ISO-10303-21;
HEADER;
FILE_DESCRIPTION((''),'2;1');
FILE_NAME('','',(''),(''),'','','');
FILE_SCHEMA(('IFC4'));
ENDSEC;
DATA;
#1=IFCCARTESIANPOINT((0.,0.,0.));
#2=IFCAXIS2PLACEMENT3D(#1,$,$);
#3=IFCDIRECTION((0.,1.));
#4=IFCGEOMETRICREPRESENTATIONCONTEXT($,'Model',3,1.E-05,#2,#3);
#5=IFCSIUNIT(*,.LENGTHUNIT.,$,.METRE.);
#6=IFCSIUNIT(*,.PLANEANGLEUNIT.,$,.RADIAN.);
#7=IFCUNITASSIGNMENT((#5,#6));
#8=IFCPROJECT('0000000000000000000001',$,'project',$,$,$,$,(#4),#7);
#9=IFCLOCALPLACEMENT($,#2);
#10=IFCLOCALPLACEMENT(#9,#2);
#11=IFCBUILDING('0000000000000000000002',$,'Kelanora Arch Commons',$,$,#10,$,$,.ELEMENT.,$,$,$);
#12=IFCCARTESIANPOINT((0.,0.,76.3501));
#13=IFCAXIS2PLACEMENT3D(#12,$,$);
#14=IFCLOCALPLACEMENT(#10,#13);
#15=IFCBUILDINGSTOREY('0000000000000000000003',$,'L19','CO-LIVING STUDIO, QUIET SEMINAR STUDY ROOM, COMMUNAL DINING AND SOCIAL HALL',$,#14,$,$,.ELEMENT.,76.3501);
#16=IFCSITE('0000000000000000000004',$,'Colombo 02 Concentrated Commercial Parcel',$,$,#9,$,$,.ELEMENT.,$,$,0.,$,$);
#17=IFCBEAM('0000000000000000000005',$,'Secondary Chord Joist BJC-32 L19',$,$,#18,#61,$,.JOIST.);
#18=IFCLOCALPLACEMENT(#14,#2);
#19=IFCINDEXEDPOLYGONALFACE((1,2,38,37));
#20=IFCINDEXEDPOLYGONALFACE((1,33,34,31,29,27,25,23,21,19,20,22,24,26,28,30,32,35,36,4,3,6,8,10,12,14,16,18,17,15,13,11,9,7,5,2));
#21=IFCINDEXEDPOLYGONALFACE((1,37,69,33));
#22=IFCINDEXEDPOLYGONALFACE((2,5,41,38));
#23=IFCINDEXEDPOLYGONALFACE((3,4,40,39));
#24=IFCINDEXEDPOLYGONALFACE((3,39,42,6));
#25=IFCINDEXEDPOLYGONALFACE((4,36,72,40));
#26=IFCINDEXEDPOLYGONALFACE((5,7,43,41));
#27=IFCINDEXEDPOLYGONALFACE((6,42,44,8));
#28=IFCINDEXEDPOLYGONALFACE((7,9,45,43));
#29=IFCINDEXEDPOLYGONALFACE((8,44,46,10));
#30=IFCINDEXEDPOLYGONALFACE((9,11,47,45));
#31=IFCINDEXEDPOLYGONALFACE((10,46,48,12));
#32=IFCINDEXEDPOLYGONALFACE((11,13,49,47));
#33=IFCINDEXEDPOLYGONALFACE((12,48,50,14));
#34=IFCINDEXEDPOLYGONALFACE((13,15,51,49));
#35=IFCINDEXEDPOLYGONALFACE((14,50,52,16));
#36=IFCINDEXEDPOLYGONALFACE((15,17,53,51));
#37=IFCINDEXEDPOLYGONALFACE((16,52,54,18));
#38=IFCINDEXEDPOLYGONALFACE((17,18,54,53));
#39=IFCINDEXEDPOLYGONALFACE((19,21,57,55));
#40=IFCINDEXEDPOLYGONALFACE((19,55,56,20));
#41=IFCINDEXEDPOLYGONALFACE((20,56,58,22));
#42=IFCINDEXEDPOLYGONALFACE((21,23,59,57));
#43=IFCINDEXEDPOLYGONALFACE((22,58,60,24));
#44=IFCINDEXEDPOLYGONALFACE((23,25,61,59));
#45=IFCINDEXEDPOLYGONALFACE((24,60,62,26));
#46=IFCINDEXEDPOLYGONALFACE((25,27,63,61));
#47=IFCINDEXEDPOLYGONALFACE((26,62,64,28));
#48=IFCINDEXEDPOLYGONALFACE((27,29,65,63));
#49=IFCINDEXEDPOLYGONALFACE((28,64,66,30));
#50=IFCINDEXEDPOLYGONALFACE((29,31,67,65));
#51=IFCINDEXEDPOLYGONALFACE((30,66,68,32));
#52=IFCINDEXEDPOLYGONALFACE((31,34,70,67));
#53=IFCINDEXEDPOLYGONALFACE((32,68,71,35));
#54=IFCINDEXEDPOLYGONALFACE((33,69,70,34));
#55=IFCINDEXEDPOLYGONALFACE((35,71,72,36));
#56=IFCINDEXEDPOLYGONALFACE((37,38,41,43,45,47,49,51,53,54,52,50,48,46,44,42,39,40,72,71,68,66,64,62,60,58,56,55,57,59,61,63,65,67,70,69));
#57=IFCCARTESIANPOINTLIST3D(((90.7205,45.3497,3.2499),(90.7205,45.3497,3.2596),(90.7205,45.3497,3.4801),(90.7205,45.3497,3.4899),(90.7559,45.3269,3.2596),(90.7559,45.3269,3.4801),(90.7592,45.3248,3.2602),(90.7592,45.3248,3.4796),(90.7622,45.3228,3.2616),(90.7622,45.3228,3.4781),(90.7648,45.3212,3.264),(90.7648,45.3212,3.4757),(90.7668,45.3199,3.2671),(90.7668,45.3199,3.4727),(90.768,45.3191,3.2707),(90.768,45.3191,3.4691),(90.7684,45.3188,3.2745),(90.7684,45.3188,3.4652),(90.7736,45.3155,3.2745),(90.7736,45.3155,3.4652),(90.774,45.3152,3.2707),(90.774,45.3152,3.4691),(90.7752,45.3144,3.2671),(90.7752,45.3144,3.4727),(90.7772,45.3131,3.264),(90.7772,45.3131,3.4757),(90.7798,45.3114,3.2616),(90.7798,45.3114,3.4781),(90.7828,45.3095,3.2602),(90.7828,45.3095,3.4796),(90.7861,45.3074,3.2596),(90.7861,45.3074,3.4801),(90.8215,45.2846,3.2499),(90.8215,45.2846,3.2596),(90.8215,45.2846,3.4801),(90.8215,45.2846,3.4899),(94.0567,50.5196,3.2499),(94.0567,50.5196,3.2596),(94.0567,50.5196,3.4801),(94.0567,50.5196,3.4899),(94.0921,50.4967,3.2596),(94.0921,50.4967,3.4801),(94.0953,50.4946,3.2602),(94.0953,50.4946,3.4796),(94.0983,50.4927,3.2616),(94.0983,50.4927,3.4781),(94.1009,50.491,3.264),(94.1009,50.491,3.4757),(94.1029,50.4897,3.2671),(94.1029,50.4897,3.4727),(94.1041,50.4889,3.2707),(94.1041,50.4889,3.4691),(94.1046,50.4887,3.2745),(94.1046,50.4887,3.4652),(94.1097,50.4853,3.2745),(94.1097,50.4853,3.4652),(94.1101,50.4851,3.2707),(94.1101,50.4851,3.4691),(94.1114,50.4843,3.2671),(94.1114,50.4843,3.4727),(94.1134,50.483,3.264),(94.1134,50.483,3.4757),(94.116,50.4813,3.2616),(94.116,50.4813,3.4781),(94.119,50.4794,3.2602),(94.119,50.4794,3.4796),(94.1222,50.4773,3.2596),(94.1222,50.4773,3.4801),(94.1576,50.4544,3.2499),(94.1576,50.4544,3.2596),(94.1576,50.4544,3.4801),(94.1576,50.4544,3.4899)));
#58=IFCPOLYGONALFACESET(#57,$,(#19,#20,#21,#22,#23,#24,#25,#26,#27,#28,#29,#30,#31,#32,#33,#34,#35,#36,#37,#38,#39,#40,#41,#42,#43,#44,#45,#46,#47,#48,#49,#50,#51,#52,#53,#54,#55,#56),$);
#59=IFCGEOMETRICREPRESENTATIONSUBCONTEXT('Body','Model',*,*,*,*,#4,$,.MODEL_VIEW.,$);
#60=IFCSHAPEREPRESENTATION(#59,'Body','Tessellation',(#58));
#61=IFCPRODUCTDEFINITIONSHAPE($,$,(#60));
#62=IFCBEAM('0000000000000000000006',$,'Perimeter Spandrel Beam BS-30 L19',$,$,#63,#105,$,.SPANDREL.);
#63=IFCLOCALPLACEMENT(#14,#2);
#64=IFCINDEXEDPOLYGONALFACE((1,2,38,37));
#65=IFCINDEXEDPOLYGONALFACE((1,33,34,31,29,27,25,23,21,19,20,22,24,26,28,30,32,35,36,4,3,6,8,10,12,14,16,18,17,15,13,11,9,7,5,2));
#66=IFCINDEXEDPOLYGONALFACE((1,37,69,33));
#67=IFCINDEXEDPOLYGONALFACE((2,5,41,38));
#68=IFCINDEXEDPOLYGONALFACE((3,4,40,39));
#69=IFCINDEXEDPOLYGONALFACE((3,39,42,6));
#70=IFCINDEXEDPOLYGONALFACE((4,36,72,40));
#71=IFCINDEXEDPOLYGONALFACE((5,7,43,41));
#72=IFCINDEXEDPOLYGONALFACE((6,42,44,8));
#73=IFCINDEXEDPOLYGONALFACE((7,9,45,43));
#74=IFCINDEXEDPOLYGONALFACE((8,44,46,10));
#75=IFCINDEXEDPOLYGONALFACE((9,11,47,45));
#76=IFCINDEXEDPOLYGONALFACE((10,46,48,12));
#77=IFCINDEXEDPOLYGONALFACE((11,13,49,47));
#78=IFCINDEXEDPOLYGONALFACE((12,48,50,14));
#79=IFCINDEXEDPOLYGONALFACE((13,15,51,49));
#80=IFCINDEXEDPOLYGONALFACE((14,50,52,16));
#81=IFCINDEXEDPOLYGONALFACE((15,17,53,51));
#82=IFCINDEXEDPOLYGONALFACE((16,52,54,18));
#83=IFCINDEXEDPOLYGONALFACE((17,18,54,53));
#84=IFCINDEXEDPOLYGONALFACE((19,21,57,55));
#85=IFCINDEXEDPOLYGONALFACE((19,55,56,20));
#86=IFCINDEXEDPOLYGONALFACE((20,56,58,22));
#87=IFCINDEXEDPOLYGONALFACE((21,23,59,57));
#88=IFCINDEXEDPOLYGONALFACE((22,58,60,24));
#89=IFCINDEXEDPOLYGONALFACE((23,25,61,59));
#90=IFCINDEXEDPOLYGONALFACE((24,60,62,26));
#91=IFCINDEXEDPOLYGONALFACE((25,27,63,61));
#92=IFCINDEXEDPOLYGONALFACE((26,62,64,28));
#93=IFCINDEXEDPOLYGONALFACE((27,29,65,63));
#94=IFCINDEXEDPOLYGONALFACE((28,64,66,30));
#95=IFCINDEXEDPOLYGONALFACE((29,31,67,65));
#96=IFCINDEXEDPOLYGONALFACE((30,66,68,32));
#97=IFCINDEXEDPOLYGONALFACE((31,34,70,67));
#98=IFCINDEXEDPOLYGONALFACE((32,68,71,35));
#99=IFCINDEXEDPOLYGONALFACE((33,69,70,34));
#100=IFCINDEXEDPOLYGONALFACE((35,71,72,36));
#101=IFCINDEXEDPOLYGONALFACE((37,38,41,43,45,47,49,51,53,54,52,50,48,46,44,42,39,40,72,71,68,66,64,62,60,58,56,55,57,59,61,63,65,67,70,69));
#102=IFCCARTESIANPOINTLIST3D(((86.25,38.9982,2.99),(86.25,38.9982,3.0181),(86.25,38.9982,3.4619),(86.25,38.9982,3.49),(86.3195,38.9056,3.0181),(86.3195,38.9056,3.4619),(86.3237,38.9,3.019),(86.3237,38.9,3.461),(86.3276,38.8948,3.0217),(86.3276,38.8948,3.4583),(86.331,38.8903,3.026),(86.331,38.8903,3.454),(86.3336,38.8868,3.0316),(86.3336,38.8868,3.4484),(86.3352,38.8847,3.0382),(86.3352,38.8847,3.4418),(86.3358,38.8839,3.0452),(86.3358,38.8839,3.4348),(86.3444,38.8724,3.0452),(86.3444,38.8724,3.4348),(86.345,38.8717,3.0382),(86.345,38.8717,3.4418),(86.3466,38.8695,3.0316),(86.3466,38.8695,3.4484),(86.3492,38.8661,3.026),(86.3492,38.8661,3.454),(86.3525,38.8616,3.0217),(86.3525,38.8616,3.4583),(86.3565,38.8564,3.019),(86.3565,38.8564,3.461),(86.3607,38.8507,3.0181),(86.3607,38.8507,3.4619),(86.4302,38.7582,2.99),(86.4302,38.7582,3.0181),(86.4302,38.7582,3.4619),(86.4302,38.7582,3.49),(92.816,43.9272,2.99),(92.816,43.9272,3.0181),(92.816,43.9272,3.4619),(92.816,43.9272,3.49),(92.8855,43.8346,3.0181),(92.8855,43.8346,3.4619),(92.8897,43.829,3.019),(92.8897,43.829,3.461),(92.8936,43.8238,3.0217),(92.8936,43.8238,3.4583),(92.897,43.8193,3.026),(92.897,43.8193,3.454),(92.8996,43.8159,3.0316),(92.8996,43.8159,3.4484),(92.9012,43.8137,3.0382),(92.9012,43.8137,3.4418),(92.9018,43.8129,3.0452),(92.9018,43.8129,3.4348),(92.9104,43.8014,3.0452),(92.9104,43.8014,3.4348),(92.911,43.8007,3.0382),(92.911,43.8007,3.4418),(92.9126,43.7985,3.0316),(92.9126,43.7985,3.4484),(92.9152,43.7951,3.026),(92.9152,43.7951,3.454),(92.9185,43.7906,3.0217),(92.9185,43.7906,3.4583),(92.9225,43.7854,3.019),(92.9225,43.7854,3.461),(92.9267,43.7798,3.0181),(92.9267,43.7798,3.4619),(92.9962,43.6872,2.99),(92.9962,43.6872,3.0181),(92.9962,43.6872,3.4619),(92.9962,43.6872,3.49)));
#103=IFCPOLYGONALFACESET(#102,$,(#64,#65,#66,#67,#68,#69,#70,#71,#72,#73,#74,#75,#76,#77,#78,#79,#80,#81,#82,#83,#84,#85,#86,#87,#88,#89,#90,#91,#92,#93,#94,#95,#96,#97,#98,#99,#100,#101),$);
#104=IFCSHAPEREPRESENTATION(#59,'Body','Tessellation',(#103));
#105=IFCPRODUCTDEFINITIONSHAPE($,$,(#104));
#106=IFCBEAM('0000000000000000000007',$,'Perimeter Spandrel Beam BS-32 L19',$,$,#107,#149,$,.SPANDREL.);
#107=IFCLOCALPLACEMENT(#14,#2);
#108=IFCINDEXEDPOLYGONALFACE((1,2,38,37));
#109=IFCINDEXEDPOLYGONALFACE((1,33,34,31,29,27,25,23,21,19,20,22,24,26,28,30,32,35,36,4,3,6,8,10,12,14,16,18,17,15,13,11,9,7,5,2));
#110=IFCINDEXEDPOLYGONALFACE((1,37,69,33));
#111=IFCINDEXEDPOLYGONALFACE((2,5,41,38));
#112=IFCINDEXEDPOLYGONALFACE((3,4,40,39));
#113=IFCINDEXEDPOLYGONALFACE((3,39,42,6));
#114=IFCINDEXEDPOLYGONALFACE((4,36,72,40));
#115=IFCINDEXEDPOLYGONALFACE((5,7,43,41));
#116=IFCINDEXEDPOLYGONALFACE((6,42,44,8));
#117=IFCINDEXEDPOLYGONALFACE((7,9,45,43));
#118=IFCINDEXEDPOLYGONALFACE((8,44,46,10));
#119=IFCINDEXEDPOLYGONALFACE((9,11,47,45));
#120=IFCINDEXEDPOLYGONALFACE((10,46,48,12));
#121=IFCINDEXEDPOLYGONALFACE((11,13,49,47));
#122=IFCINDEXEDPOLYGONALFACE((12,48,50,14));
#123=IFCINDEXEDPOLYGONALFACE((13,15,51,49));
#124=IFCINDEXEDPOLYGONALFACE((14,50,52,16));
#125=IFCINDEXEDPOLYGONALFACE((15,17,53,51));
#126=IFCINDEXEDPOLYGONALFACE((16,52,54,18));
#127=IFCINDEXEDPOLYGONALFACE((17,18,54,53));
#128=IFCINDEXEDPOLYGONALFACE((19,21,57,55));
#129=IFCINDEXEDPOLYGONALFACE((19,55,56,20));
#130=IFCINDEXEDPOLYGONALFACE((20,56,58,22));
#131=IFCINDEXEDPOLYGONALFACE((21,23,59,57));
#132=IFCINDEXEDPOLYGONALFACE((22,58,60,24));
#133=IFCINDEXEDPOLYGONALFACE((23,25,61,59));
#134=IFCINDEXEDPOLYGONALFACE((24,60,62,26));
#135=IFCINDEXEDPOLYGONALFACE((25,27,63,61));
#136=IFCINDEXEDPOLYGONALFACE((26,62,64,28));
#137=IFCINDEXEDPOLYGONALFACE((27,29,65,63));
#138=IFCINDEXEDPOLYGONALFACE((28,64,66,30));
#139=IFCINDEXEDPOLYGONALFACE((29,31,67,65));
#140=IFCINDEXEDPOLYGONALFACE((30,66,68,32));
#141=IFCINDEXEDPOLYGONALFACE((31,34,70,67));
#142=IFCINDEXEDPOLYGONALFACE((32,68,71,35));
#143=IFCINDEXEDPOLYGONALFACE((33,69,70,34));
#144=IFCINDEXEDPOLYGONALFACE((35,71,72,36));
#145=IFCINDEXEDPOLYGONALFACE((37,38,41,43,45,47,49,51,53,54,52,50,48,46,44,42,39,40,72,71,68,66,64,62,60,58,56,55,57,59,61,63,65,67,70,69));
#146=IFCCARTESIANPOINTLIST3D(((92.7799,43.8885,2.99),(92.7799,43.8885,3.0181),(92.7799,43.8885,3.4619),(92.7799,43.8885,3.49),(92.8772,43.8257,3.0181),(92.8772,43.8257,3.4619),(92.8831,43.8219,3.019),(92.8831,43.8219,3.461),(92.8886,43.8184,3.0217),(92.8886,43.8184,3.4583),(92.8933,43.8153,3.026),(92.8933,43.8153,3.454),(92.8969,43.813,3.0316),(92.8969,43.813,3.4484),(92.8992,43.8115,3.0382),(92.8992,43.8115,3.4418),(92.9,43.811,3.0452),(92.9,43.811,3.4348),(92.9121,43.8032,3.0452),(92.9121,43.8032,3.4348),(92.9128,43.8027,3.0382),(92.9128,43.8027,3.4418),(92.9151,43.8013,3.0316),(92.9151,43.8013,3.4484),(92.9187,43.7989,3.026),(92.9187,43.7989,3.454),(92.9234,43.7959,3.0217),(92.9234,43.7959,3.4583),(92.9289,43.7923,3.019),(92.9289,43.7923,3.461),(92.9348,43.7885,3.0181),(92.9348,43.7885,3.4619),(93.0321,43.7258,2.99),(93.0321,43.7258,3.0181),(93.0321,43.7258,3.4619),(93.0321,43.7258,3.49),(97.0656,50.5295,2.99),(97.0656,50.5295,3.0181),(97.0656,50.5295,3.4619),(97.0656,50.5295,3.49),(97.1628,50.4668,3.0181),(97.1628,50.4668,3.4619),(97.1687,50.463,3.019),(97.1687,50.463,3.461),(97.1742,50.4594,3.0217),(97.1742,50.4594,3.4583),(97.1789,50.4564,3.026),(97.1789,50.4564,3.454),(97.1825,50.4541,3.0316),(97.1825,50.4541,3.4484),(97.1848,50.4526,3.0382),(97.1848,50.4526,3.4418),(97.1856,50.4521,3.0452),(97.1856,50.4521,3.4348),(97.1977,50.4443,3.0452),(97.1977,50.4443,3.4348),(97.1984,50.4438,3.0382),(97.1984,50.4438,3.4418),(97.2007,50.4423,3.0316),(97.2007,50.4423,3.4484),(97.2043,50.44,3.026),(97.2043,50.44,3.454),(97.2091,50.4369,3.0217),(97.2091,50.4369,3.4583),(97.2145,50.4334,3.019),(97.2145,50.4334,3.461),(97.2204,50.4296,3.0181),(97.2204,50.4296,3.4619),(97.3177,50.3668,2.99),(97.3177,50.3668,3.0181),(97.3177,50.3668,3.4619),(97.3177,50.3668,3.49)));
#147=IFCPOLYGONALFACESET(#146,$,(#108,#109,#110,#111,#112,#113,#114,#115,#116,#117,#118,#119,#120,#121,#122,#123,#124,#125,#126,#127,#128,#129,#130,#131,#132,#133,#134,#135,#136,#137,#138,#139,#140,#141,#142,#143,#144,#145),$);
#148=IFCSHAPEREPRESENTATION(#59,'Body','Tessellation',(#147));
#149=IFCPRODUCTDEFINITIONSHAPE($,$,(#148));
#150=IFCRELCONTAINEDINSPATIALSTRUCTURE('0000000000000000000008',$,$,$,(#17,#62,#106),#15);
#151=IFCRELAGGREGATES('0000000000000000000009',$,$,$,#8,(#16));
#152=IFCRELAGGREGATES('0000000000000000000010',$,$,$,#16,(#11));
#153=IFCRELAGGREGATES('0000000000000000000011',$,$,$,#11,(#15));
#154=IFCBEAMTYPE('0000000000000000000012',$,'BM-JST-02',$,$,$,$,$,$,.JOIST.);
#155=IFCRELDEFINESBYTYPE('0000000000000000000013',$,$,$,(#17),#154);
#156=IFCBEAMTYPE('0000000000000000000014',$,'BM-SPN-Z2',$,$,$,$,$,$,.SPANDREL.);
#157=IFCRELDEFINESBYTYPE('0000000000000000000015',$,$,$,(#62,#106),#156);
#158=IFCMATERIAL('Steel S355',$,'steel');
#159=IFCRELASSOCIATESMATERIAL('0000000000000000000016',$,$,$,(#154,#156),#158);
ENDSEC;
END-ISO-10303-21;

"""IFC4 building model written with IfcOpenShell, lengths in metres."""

from ifc_helpers import new_model, si_unit, direction, frame, origin, origin_2d, place, context, subcontext, project, spatial, i_section, extrude, material, material_profile, profile_set, type_object, element, save


model = new_model("IFC4")

# Units and contexts
model_context = context("Model", 3, precision=1e-05, world=origin(), true_north=direction((0.0, 1.0)))
body_context = subcontext(model_context, "Body", "Model", "MODEL_VIEW")
ifc_project = project(units=[si_unit("LENGTHUNIT", "METRE"), si_unit("PLANEANGLEUNIT", "RADIAN")], contexts=[model_context])

# Site, building, storey
site_placement = place(None, origin())
site = spatial("IfcSite", under=ifc_project, at=site_placement, Name="Colombo 02 Concentrated Commercial Parcel", CompositionType="ELEMENT", RefElevation=0.0)
building_placement = place(site_placement, origin())
building = spatial("IfcBuilding", under=site, at=building_placement, Name="Kelanora Arch Commons", CompositionType="ELEMENT")
storey_placement = place(building_placement, frame((0.0, 0.0, 76.3501)))
storey = spatial("IfcBuildingStorey", under=building, at=storey_placement, Name="L19", Description="CO-LIVING STUDIO, QUIET SEMINAR STUDY ROOM, COMMUNAL DINING AND SOCIAL HALL", CompositionType="ELEMENT", Elevation=76.3501)

# Beams
ifc_material_1 = material(Name="Steel S355", Category="steel")
ifc_material_profile_1 = material_profile(ifc_material_1, i_section(OverallWidth=0.1201, OverallDepth=0.24, WebThickness=0.0061, FlangeThickness=0.0098, FilletRadius=0.0149, at=origin_2d()), Name="IPE240")
ifc_profile_set_1 = profile_set([ifc_material_profile_1], Name="Steel S355")
beam_type_1 = type_object("IfcBeamType", Name="BM-JST-02", PredefinedType="JOIST", material=ifc_profile_set_1)
beam_1_placement = place(storey_placement, frame((90.771, 45.3171, 3.3699), z_axis=(0.542213, 0.840241, 0.0), x_axis=(-0.840241, 0.542213, 0.0)))
element("IfcBeam", 1, at=beam_1_placement, inside=storey, type_object=beam_type_1, Name="Secondary Chord Joist BJC-32 L19", PredefinedType="JOIST", context=body_context, shape_type="SweptSolid", body=[
    extrude(i_section(OverallWidth=0.1201, OverallDepth=0.24, WebThickness=0.0061, FlangeThickness=0.0098, FilletRadius=0.0149, at=origin_2d()), origin(), (0.0, 0.0, 1.0), 6.1528),
])
ifc_material_profile_2 = material_profile(ifc_material_1, i_section(OverallWidth=0.3, OverallDepth=0.5, WebThickness=0.0144, FlangeThickness=0.0281, FilletRadius=0.0271, at=origin_2d()), Name="HEB500")
ifc_profile_set_2 = profile_set([ifc_material_profile_2], Name="Steel S355")
beam_type_2 = type_object("IfcBeamType", Name="BM-SPN-Z2", PredefinedType="SPANDREL", material=ifc_profile_set_2)
beam_2_placement = place(storey_placement, frame((86.3401, 38.8782, 3.24), z_axis=(0.799736, 0.600352, 0.0), x_axis=(-0.600352, 0.799736, 0.0)))
element("IfcBeam", 2, at=beam_2_placement, inside=storey, type_object=beam_type_2, Name="Perimeter Spandrel Beam BS-30 L19", PredefinedType="SPANDREL", context=body_context, shape_type="SweptSolid", body=[
    extrude(i_section(OverallWidth=0.3, OverallDepth=0.5, WebThickness=0.0144, FlangeThickness=0.0281, FilletRadius=0.0271, at=origin_2d()), origin(), (0.0, 0.0, 1.0), 8.2102),
])
beam_3_placement = place(storey_placement, frame((92.906, 43.8071, 3.24), z_axis=(0.542221, 0.840236, 0.0), x_axis=(-0.840236, 0.542221, 0.0)))
element("IfcBeam", 3, at=beam_3_placement, inside=storey, type_object=beam_type_2, Name="Perimeter Spandrel Beam BS-32 L19", PredefinedType="SPANDREL", context=body_context, shape_type="SweptSolid", body=[
    extrude(i_section(OverallWidth=0.3, OverallDepth=0.5, WebThickness=0.0144, FlangeThickness=0.0281, FilletRadius=0.0271, at=origin_2d()), origin(), (0.0, 0.0, 1.0), 7.9038),
])

save(model, "model.ifc")
